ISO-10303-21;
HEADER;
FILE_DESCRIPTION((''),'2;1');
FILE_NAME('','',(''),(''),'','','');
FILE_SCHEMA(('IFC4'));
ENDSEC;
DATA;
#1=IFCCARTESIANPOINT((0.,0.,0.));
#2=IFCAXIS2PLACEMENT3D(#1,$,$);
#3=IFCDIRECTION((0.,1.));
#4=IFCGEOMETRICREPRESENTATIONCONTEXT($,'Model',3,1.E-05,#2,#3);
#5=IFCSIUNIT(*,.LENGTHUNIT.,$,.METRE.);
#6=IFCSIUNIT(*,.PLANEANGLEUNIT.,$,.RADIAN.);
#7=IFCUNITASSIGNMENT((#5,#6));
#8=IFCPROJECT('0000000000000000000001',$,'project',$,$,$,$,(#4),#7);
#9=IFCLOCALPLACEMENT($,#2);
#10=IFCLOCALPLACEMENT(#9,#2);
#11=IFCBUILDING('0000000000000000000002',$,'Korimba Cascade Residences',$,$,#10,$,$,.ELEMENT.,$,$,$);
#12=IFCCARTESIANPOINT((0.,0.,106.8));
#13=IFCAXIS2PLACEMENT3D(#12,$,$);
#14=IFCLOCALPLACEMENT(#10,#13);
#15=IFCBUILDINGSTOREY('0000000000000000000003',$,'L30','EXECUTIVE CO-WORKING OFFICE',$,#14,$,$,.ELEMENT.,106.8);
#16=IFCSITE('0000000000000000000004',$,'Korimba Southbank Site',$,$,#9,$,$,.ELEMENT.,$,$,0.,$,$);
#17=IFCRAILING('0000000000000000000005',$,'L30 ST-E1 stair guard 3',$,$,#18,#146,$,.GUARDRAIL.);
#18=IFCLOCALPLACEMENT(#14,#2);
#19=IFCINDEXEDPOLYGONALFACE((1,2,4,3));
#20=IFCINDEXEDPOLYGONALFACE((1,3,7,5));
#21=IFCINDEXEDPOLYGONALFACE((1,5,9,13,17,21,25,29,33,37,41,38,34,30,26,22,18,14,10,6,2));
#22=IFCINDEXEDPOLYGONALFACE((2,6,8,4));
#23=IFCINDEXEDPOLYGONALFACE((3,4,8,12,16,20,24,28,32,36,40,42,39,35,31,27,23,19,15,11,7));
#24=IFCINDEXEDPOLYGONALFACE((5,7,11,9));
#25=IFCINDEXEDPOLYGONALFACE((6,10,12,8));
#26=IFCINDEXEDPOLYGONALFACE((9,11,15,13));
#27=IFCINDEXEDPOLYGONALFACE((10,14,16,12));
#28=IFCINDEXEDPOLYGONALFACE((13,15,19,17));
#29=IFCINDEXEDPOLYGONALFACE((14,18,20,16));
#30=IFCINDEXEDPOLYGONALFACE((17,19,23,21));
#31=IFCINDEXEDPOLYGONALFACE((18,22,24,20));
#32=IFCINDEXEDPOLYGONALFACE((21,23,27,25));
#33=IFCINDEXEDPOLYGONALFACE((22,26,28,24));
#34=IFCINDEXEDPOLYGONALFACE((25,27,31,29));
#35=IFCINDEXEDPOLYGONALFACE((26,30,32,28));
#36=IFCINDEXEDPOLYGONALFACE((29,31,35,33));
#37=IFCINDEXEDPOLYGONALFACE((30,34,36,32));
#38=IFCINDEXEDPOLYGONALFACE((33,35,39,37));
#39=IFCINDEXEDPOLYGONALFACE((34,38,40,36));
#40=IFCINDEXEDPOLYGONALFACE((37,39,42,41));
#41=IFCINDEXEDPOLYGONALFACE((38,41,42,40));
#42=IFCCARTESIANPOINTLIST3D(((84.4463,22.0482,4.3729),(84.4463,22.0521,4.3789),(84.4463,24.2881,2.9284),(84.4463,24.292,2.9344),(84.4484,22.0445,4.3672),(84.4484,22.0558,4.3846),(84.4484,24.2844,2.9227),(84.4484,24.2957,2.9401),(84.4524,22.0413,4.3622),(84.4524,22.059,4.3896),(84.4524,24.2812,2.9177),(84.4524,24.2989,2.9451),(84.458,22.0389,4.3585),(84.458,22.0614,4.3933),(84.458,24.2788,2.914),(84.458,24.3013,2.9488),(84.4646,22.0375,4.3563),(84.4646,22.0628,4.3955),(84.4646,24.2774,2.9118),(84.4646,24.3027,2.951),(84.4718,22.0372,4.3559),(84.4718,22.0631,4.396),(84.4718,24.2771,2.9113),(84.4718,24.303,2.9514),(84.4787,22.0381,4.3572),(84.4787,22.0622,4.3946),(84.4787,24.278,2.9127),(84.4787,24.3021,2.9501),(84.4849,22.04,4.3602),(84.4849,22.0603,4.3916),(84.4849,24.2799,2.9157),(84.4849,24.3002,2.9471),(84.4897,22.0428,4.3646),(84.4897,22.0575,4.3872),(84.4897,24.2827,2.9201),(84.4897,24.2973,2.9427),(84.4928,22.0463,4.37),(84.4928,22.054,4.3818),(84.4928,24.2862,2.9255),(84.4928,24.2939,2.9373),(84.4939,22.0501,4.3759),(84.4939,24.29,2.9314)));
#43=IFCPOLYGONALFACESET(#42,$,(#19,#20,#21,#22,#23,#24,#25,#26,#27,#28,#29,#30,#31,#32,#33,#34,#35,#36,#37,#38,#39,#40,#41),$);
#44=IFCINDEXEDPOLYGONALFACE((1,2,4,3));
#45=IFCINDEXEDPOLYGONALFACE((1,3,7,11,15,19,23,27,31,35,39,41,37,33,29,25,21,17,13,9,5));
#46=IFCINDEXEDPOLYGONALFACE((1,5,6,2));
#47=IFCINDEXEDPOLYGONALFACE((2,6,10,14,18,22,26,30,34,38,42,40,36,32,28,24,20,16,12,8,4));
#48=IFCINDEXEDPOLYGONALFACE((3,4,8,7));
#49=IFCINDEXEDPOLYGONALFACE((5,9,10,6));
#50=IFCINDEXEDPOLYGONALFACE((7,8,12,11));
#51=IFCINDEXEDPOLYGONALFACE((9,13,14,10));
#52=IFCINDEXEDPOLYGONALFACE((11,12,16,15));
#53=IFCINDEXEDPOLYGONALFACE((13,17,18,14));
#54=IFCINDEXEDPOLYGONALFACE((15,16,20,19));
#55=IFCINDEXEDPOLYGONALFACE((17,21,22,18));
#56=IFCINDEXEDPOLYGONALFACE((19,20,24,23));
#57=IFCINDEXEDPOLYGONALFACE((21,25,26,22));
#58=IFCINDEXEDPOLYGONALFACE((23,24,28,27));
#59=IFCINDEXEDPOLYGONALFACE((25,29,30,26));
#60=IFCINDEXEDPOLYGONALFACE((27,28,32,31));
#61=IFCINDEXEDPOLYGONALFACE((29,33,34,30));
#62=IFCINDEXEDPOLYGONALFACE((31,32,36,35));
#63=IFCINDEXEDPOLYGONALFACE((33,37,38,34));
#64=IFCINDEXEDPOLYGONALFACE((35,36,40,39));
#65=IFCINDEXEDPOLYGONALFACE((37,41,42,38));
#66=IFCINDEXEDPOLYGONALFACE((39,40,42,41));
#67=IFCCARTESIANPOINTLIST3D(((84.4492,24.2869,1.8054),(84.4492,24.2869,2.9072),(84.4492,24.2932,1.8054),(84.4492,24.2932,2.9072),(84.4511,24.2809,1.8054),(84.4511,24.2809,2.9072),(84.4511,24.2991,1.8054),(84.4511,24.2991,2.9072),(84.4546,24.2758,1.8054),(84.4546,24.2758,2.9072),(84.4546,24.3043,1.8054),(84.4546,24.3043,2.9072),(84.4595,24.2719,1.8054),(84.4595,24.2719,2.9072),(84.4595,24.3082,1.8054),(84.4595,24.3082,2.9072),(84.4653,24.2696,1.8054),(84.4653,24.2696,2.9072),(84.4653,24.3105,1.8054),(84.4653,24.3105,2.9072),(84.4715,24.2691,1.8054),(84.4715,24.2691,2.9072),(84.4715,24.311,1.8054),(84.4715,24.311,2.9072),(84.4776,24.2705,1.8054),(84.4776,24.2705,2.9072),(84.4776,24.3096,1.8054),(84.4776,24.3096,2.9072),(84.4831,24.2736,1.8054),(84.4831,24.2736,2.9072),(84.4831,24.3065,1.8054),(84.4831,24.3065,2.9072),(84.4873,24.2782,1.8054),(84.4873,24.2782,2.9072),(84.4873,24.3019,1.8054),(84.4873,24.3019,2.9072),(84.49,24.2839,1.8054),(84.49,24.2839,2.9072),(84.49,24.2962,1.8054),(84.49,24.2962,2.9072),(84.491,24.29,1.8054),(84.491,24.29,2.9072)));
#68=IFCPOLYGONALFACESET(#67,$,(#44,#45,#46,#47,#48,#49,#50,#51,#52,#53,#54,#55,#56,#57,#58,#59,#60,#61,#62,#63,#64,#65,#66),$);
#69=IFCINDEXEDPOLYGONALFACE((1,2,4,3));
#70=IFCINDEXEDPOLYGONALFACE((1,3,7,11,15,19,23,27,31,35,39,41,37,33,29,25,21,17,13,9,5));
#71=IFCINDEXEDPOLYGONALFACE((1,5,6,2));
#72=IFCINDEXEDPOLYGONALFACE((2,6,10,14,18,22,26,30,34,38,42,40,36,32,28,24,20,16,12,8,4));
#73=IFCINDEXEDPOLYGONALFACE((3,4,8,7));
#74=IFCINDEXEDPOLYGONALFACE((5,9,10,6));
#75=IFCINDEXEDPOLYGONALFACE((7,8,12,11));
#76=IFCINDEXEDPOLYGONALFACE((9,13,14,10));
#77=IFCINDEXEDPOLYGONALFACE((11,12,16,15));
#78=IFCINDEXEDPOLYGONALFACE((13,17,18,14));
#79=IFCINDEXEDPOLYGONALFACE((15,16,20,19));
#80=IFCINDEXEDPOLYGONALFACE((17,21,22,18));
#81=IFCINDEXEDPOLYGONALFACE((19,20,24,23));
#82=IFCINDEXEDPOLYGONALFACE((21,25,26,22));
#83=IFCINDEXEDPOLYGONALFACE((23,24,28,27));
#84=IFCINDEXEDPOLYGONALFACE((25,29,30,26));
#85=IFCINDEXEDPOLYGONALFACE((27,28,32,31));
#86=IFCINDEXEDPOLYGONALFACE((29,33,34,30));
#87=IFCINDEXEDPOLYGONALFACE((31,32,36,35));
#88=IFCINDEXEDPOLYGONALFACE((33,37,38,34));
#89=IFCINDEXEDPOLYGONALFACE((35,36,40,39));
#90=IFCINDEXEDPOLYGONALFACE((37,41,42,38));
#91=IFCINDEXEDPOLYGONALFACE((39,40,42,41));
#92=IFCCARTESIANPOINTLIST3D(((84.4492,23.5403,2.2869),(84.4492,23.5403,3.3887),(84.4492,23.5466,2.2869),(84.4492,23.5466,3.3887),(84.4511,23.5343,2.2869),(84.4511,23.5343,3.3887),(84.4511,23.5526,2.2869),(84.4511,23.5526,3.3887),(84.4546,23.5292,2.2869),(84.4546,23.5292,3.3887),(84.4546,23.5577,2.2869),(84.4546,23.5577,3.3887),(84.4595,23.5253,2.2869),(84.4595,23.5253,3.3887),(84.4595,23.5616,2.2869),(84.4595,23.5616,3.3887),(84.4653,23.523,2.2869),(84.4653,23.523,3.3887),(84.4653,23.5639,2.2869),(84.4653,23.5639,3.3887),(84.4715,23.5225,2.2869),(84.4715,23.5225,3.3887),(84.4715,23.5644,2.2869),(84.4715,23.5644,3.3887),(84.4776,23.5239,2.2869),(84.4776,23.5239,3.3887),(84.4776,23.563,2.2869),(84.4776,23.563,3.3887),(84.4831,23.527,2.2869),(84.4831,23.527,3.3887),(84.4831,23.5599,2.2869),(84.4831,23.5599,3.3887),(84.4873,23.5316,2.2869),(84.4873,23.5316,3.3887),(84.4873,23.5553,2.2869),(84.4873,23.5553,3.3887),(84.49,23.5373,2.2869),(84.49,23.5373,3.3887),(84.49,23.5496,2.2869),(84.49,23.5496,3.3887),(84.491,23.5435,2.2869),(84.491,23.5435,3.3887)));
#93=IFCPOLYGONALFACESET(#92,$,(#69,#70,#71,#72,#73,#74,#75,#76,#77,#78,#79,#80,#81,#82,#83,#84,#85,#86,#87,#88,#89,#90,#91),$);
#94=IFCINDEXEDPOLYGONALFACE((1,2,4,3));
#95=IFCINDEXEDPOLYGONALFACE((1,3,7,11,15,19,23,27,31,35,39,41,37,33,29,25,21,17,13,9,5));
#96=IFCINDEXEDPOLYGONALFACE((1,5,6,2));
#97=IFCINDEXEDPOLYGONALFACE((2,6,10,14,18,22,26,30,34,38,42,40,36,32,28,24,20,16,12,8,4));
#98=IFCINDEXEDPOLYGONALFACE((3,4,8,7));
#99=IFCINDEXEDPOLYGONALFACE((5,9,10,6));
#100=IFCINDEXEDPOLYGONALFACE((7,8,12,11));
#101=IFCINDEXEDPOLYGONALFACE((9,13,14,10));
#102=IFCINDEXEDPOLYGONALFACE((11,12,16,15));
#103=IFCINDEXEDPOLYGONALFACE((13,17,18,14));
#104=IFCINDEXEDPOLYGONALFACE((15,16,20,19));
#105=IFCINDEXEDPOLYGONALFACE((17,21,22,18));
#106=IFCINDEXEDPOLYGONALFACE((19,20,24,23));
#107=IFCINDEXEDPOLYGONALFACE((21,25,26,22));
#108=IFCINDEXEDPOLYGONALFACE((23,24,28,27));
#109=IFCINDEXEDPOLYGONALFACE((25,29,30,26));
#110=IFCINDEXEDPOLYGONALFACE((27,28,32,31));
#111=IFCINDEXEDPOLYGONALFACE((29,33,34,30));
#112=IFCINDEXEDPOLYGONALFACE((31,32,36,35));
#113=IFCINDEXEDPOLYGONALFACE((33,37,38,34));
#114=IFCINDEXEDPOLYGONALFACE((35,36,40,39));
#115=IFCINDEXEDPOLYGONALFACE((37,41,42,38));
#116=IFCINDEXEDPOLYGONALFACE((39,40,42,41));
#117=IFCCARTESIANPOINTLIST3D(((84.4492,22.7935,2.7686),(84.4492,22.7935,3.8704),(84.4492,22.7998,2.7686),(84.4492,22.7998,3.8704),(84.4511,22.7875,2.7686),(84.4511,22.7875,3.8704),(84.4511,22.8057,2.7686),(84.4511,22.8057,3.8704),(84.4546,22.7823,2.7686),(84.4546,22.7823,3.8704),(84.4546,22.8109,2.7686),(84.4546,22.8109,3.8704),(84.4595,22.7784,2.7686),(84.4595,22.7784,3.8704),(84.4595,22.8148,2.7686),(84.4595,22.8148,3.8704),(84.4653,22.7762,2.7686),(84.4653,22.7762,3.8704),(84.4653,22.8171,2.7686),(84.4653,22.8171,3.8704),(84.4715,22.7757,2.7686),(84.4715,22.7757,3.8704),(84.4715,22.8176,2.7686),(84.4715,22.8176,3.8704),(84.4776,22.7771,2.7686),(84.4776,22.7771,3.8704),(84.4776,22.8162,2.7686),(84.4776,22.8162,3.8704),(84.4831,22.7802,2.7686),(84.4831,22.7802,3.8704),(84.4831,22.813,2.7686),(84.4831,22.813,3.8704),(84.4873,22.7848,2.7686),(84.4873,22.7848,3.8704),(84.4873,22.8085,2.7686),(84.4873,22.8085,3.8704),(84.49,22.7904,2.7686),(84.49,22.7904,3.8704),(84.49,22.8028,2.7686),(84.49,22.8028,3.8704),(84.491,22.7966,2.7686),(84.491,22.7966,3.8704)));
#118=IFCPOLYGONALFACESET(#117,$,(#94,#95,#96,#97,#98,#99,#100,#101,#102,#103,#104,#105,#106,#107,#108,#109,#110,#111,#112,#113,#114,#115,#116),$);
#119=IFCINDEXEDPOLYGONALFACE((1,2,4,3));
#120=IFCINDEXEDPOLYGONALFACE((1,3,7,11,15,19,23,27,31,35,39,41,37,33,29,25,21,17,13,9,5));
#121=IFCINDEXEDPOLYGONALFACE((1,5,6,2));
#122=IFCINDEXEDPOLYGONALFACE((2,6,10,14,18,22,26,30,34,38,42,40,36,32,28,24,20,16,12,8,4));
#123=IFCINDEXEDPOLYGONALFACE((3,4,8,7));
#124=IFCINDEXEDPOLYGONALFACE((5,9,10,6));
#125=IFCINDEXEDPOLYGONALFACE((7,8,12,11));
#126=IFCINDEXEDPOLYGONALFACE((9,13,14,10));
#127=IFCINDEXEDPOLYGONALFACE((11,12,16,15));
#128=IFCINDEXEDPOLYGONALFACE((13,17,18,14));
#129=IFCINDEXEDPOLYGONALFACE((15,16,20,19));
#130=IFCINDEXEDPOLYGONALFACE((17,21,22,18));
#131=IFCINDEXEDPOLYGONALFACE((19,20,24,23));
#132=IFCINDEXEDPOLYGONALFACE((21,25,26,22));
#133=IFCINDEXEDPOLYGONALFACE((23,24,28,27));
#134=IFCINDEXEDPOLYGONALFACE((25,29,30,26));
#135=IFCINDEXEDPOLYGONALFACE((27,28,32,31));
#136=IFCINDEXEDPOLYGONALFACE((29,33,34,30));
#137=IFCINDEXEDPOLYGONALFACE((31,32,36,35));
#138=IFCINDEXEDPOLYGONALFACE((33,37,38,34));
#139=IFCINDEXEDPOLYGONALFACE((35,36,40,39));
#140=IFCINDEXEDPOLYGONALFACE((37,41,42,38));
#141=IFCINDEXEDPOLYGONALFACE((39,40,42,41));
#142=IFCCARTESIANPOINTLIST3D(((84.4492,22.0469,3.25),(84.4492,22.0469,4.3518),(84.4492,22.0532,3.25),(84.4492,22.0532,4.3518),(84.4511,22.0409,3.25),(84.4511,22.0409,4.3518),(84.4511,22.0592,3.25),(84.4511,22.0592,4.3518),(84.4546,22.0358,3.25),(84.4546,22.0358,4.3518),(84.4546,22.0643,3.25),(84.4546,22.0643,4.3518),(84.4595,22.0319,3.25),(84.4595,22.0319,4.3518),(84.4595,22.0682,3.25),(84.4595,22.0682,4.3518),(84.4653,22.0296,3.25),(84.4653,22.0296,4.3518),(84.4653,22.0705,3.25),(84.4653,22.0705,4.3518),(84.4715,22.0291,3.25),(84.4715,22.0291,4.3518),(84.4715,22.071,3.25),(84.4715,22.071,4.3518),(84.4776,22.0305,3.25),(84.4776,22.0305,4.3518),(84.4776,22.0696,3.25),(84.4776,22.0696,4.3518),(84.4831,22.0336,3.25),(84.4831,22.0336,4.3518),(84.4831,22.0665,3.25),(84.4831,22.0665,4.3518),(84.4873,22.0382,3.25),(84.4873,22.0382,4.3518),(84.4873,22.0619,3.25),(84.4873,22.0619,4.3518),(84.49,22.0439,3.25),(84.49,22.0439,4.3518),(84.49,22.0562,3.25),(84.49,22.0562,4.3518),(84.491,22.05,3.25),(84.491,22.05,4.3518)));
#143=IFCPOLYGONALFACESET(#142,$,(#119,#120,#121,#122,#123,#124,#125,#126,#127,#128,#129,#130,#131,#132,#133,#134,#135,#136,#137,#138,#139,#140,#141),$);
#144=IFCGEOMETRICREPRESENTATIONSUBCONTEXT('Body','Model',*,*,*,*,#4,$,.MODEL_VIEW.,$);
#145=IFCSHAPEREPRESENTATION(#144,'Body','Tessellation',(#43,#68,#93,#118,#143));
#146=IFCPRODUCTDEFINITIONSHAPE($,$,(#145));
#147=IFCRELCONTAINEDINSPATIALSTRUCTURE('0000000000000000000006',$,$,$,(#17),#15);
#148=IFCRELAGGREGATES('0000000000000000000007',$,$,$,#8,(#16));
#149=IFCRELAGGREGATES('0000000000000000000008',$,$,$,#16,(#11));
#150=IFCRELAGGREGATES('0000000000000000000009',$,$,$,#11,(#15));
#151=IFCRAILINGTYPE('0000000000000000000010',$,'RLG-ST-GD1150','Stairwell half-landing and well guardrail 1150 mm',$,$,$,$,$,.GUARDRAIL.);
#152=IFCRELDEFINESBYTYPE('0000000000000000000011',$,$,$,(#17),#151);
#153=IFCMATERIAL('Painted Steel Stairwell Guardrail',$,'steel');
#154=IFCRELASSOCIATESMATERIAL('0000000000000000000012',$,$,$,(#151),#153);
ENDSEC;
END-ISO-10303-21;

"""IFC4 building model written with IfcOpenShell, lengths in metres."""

from ifc_helpers import new_model, si_unit, direction, frame, origin, origin_2d, place, context, subcontext, project, spatial, circle, extrude, material, type_object, element, save


model = new_model("IFC4")

# Units and contexts
model_context = context("Model", 3, precision=1e-05, world=origin(), true_north=direction((0.0, 1.0)))
body_context = subcontext(model_context, "Body", "Model", "MODEL_VIEW")
ifc_project = project(units=[si_unit("LENGTHUNIT", "METRE"), si_unit("PLANEANGLEUNIT", "RADIAN")], contexts=[model_context])

# Site, building, storey
site_placement = place(None, origin())
site = spatial("IfcSite", under=ifc_project, at=site_placement, Name="Korimba Southbank Site", CompositionType="ELEMENT", RefElevation=0.0)
building_placement = place(site_placement, origin())
building = spatial("IfcBuilding", under=site, at=building_placement, Name="Korimba Cascade Residences", CompositionType="ELEMENT")
storey_placement = place(building_placement, frame((0.0, 0.0, 106.8)))
storey = spatial("IfcBuildingStorey", under=building, at=storey_placement, Name="L30", Description="EXECUTIVE CO-WORKING OFFICE", CompositionType="ELEMENT", Elevation=106.8)

# Railing
ifc_material_1 = material(Name="Painted Steel Stairwell Guardrail", Category="steel")
railing_type_1 = type_object("IfcRailingType", Name="RLG-ST-GD1150", Description="Stairwell half-landing and well guardrail 1150 mm", PredefinedType="GUARDRAIL", material=ifc_material_1)
railing_1_placement = place(storey_placement, frame((84.47, 24.29, 1.8054)))
element("IfcRailing", 1, at=railing_1_placement, inside=storey, type_object=railing_type_1, Name="L30 ST-E1 stair guard 3", PredefinedType="GUARDRAIL", context=body_context, shape_type="SweptSolid", body=[
    extrude(circle(Radius=0.0239, at=origin_2d()), frame((0.0, 0.0, 1.126), z_axis=(0.0, -0.840395, 0.541975), x_axis=(1.0, 0.0, 0.0)), (0.0, 0.0, 1.0), 2.6653),
    extrude(circle(Radius=0.021, at=origin_2d()), origin(), (0.0, 0.0, 1.0), 1.1018),
    extrude(circle(Radius=0.021, at=origin_2d()), frame((0.0, -0.7466, 0.4814)), (0.0, 0.0, 1.0), 1.1018),
    extrude(circle(Radius=0.021, at=origin_2d()), frame((0.0, -1.4934, 0.9631)), (0.0, 0.0, 1.0), 1.1018),
    extrude(circle(Radius=0.021, at=origin_2d()), frame((0.0, -2.24, 1.4446)), (0.0, 0.0, 1.0), 1.1018),
])

save(model, "model.ifc")
